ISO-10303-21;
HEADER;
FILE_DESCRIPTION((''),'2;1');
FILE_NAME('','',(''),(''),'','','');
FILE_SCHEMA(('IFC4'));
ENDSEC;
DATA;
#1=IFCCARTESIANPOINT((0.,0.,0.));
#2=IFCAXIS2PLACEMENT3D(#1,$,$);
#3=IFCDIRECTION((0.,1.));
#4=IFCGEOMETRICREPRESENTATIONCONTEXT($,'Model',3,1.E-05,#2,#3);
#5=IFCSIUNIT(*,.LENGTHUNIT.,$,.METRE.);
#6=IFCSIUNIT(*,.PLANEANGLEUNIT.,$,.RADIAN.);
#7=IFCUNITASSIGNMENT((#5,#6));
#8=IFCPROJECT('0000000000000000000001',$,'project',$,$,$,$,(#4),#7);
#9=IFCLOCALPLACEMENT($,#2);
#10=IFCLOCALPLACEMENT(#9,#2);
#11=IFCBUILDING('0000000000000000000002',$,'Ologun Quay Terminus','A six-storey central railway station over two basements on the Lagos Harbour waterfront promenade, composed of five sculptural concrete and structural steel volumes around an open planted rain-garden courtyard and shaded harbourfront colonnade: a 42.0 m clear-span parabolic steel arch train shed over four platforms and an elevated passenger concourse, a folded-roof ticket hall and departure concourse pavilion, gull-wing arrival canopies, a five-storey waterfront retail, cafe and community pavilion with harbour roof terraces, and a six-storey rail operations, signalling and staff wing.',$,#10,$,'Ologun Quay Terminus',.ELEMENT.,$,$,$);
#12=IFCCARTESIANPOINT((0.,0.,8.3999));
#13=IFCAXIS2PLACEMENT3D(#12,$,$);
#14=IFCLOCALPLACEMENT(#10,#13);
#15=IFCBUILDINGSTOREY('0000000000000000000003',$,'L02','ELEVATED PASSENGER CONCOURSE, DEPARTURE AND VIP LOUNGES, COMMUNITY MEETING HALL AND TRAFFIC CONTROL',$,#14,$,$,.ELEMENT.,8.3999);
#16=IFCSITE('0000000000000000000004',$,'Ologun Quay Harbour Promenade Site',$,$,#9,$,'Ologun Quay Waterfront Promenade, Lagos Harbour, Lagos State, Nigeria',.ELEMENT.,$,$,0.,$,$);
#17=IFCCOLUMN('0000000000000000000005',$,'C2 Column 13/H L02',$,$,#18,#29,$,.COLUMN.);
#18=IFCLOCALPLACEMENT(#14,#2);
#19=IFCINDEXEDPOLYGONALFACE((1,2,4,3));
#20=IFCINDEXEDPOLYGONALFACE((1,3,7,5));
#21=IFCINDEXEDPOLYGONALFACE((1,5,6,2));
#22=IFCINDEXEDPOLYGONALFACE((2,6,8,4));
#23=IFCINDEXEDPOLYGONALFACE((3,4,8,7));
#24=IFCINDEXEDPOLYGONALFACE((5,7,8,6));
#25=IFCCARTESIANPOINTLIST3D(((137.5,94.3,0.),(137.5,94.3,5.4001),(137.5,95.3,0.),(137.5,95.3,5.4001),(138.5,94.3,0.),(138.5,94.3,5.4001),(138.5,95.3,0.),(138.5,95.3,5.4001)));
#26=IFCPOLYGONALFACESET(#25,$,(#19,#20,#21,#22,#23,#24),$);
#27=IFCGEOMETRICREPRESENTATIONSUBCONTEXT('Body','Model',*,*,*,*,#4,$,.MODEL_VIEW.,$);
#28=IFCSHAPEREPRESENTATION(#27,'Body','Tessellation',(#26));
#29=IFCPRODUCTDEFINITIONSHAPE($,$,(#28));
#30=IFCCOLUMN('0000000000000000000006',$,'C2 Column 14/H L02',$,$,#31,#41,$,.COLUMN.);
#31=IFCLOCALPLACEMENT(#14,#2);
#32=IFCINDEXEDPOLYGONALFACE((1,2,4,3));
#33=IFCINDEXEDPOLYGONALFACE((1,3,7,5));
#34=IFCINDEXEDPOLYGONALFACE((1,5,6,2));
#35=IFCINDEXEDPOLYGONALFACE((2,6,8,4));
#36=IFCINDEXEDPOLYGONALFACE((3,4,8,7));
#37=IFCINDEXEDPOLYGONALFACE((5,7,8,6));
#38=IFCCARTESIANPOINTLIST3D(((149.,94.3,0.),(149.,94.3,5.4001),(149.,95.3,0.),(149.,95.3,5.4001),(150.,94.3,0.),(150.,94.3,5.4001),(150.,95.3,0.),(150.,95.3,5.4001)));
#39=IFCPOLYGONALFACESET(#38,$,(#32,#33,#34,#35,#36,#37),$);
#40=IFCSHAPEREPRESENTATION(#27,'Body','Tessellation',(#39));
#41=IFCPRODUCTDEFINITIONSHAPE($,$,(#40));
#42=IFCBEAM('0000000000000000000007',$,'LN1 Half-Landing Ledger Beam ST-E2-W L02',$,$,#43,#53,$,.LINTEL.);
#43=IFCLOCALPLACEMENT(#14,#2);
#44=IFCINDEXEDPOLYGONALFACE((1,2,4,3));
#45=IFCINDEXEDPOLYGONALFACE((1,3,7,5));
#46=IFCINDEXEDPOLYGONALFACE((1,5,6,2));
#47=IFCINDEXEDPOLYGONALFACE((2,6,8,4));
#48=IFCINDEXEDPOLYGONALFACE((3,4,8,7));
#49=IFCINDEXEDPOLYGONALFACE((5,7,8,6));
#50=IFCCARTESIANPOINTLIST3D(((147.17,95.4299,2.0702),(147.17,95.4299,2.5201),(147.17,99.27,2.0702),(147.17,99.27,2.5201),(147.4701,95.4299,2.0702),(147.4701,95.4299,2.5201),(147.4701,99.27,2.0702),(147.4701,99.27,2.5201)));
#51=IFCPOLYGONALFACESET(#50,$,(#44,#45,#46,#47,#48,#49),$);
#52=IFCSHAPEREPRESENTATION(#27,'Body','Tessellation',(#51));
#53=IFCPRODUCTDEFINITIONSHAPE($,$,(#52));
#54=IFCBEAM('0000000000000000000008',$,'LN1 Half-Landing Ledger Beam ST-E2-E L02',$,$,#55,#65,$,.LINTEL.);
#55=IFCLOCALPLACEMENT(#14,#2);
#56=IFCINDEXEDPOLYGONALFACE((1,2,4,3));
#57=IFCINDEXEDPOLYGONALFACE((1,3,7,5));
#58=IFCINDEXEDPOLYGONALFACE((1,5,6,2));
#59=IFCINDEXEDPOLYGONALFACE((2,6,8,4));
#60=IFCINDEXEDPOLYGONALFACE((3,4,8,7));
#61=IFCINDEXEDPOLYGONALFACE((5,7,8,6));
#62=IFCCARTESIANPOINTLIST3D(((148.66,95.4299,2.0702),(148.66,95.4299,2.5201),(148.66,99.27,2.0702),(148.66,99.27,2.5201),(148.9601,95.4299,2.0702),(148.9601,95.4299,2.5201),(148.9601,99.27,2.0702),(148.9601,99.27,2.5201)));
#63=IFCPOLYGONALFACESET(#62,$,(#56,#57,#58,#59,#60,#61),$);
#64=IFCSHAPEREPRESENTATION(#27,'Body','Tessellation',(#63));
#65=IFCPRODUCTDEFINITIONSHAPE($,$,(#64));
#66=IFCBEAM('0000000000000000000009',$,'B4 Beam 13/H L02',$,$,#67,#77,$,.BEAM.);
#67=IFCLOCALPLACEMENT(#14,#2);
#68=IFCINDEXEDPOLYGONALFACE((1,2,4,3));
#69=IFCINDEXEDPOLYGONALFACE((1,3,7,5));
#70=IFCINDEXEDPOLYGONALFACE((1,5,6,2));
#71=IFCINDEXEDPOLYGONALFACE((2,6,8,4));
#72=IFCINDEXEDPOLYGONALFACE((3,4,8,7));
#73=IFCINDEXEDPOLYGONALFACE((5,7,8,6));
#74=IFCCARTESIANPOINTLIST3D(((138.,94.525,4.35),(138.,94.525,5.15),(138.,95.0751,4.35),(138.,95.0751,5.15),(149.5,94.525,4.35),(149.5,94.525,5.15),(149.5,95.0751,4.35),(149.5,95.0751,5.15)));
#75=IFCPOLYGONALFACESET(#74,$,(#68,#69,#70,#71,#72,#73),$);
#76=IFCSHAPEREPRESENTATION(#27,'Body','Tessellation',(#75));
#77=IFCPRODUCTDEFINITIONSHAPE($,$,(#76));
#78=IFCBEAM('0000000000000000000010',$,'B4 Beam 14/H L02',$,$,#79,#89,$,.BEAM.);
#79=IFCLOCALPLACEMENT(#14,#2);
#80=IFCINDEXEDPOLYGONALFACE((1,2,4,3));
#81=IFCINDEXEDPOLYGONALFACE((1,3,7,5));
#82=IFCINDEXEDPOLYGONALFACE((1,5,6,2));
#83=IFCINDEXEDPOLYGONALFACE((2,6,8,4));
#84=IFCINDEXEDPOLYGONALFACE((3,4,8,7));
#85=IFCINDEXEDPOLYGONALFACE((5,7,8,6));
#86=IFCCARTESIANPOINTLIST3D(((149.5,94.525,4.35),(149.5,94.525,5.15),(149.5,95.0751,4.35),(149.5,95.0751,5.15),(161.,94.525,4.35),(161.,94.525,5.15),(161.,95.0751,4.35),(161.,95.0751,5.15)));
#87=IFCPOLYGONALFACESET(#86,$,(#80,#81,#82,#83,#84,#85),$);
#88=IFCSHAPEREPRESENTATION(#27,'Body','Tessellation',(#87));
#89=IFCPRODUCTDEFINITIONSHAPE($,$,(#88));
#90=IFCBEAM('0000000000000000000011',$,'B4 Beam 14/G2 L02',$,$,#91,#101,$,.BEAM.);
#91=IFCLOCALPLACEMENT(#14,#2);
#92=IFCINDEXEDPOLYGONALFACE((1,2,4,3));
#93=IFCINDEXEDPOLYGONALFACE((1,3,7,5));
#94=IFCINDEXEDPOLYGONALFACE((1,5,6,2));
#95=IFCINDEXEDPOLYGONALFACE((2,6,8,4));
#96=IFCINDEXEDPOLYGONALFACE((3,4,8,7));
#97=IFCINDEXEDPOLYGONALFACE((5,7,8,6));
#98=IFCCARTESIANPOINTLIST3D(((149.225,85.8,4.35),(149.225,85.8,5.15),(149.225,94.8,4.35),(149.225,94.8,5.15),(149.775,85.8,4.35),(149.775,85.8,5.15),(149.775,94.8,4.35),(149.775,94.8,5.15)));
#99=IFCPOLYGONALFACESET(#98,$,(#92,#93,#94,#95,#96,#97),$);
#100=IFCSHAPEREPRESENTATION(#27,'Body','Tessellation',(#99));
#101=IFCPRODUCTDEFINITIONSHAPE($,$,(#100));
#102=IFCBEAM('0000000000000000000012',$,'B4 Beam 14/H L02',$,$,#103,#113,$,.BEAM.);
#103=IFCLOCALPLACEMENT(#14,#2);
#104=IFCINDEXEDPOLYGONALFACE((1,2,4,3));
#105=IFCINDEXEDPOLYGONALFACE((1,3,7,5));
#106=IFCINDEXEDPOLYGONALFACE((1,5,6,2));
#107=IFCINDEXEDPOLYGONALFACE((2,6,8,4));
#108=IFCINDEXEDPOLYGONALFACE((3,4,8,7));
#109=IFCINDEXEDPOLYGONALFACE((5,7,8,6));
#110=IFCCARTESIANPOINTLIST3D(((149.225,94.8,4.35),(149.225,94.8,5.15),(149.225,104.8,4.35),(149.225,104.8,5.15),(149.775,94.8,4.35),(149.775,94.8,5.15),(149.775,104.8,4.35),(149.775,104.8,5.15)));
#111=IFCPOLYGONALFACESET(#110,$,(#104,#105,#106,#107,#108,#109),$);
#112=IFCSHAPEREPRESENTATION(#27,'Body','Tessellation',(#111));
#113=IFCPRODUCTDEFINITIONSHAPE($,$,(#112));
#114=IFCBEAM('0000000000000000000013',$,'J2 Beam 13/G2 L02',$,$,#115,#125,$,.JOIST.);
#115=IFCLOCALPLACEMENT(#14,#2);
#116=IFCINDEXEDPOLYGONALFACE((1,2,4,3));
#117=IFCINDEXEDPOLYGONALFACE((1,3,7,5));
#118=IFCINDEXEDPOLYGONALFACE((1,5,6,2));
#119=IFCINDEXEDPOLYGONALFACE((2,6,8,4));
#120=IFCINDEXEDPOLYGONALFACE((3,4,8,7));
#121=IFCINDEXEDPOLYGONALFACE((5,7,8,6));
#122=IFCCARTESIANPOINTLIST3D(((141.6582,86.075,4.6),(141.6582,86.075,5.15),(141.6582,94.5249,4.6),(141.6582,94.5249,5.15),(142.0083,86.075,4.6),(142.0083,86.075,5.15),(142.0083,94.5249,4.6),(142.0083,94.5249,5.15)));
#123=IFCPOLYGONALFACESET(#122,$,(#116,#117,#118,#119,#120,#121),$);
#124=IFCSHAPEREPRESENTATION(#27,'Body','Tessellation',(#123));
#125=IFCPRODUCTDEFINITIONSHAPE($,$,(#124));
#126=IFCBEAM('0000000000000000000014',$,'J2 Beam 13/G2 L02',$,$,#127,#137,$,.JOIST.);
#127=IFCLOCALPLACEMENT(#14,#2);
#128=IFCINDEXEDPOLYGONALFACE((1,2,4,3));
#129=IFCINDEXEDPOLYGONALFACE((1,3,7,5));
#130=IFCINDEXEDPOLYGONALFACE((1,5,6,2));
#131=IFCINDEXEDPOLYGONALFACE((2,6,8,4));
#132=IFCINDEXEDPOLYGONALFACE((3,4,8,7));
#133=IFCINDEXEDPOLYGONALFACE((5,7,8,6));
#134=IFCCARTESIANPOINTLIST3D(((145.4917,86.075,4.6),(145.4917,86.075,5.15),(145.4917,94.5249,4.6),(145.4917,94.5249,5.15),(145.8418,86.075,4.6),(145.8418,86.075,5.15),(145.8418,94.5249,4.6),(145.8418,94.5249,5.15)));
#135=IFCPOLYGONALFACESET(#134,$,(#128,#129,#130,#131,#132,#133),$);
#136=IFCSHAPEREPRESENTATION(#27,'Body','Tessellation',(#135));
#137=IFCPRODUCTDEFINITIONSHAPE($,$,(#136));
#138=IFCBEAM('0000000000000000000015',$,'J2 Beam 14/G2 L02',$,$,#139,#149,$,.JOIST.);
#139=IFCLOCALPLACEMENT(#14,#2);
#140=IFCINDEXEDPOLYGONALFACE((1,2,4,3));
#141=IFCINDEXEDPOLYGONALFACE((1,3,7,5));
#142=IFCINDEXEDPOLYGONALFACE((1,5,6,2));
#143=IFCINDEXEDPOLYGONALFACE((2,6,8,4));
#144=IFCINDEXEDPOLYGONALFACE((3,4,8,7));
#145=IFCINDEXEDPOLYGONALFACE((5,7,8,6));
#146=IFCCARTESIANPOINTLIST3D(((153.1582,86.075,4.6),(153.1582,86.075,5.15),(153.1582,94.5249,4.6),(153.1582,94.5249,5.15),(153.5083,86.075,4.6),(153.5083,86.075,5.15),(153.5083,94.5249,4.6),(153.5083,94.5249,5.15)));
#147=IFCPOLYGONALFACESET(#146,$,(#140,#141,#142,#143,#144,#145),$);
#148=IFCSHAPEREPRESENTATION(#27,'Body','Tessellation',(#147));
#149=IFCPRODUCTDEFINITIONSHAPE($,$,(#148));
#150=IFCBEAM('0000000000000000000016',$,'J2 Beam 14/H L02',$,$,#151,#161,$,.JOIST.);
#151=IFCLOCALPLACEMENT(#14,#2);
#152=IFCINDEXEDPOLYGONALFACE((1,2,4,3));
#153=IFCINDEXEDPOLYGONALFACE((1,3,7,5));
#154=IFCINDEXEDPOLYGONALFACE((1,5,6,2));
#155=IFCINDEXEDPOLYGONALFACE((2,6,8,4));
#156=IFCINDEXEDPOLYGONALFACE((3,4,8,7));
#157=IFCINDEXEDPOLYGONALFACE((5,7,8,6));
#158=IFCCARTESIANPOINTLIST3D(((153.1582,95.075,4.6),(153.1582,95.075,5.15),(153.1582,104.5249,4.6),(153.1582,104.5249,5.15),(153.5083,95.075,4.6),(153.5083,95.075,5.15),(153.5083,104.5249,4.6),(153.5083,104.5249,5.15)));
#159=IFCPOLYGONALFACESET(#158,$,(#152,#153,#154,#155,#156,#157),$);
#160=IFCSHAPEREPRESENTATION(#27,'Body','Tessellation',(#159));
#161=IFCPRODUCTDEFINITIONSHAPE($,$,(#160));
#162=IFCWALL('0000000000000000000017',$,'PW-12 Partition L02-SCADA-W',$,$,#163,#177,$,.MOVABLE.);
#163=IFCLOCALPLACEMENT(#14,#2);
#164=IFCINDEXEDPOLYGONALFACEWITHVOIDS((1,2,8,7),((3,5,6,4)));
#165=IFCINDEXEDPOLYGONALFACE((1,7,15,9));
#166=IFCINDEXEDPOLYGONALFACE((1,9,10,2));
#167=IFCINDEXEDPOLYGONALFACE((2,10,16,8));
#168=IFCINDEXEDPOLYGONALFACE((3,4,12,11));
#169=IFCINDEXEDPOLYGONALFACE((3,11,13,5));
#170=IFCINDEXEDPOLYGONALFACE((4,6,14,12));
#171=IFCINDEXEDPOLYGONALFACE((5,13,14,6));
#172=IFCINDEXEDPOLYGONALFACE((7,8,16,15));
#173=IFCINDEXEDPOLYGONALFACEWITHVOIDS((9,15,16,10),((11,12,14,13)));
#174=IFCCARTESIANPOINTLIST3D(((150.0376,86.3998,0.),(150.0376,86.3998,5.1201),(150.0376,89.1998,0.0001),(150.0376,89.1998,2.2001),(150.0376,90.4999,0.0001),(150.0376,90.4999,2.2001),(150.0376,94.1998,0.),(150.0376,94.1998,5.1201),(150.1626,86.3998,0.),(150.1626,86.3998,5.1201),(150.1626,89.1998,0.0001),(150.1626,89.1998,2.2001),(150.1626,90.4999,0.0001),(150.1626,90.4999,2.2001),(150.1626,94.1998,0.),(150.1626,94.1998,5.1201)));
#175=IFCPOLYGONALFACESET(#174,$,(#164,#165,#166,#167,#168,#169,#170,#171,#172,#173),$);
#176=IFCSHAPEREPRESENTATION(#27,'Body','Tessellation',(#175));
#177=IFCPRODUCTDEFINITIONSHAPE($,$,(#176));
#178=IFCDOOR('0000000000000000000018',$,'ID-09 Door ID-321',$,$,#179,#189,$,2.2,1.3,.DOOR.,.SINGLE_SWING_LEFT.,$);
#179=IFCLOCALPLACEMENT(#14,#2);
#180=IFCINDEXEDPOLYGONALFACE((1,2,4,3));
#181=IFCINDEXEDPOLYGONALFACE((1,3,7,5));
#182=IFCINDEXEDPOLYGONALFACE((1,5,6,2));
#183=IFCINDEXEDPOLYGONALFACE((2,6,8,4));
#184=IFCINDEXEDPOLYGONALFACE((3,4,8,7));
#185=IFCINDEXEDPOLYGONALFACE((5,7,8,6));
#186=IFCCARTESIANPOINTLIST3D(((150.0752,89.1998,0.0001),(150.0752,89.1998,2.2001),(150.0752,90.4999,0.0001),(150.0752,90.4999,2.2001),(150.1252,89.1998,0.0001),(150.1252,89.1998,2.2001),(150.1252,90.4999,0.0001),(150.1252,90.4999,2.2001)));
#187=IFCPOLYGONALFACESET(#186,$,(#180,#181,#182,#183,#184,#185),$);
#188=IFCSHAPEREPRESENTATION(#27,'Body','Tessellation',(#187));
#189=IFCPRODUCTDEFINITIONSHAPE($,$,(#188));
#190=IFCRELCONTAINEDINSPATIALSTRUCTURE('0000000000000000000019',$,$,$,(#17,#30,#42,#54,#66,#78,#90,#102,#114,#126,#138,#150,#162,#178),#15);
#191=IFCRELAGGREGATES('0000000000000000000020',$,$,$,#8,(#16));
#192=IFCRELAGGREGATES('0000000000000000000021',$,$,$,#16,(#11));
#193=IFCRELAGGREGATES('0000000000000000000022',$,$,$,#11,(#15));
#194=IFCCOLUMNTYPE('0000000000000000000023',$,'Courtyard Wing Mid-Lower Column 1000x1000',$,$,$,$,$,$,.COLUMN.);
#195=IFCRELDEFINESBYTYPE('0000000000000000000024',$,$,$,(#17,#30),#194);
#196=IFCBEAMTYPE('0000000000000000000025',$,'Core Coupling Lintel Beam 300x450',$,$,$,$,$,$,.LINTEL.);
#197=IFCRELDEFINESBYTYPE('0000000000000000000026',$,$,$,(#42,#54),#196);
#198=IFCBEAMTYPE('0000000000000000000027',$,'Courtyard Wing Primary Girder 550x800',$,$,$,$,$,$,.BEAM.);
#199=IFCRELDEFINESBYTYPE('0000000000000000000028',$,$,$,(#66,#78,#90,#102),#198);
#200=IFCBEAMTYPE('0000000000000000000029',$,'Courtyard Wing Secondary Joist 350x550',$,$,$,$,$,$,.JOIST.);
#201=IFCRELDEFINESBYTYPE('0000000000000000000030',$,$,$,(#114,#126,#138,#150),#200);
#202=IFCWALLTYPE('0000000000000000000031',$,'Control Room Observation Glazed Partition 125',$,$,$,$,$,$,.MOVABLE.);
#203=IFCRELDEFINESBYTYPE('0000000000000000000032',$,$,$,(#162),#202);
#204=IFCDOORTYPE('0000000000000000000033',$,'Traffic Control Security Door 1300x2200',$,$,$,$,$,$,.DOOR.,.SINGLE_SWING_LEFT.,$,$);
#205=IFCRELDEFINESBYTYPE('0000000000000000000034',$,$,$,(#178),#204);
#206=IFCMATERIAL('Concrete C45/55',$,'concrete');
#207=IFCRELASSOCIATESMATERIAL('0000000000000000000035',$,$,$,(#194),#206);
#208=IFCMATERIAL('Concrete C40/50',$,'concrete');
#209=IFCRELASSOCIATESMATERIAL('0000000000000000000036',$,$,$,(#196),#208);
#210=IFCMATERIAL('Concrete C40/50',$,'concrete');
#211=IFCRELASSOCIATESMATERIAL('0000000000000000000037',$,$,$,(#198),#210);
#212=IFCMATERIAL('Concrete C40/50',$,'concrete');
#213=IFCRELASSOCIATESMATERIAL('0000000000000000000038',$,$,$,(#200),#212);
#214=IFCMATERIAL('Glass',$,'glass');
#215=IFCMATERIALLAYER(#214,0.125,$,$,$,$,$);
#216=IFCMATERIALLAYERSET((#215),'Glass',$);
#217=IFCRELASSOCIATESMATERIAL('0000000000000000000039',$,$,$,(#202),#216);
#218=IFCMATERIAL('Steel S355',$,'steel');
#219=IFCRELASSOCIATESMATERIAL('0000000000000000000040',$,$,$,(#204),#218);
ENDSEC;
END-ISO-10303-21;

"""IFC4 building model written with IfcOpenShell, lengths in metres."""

from ifc_helpers import new_model, si_unit, direction, frame, frame_2d, origin, origin_2d, place, context, subcontext, project, spatial, rectangle, extrude, material, layer, layer_set, material_profile, profile_set, type_object, element, fill, save


model = new_model("IFC4")

# Units and contexts
model_context = context("Model", 3, precision=1e-05, world=origin(), true_north=direction((0.0, 1.0)))
body_context = subcontext(model_context, "Body", "Model", "MODEL_VIEW")
ifc_project = project(units=[si_unit("LENGTHUNIT", "METRE"), si_unit("PLANEANGLEUNIT", "RADIAN")], contexts=[model_context])

# Site, building, storey
site_placement = place(None, origin())
site = spatial("IfcSite", under=ifc_project, at=site_placement, Name="Ologun Quay Harbour Promenade Site", LongName="Ologun Quay Waterfront Promenade, Lagos Harbour, Lagos State, Nigeria", CompositionType="ELEMENT", RefElevation=0.0)
building_placement = place(site_placement, origin())
building = spatial("IfcBuilding", under=site, at=building_placement, Name="Ologun Quay Terminus", Description="A six-storey central railway station over two basements on the Lagos Harbour waterfront promenade, composed of five sculptural concrete and structural steel volumes around an open planted rain-garden courtyard and shaded harbourfront colonnade: a 42.0 m clear-span parabolic steel arch train shed over four platforms and an elevated passenger concourse, a folded-roof ticket hall and departure concourse pavilion, gull-wing arrival canopies, a five-storey waterfront retail, cafe and community pavilion with harbour roof terraces, and a six-storey rail operations, signalling and staff wing.", LongName="Ologun Quay Terminus", CompositionType="ELEMENT")
storey_placement = place(building_placement, frame((0.0, 0.0, 8.3999)))
storey = spatial("IfcBuildingStorey", under=building, at=storey_placement, Name="L02", Description="ELEVATED PASSENGER CONCOURSE, DEPARTURE AND VIP LOUNGES, COMMUNITY MEETING HALL AND TRAFFIC CONTROL", CompositionType="ELEMENT", Elevation=8.3999)

# Columns
ifc_material_1 = material(Name="Concrete C45/55", Category="concrete")
ifc_material_profile_1 = material_profile(ifc_material_1, rectangle(XDim=1.0, YDim=1.0, at=origin_2d()), Name="RC 1000x1000")
ifc_profile_set_1 = profile_set([ifc_material_profile_1], Name="Concrete C45/55")
column_type = type_object("IfcColumnType", Name="Courtyard Wing Mid-Lower Column 1000x1000", PredefinedType="COLUMN", material=ifc_profile_set_1)
for number, where, z_axis, x_axis, name in (
    (1, (138.0, 94.8, 0.0), (0.0, 0.0, 1.0), (1.0, 0.0, 0.0), "C2 Column 13/H L02"),
    (2, (149.5, 94.8, 0.0), (0.0, 0.0, 1.0), (1.0, 0.0, 0.0), "C2 Column 14/H L02"),
):
    element("IfcColumn", number, at=place(storey_placement, frame(where, z_axis=z_axis, x_axis=x_axis)), inside=storey, type_object=column_type, Name=name, PredefinedType="COLUMN", context=body_context, shape_type="SweptSolid", body=[
        extrude(rectangle(XDim=1.0, YDim=1.0, at=origin_2d()), origin(), (0.0, 0.0, 1.0), 5.4001),
    ])

# Beams
ifc_material_2 = material(Name="Concrete C40/50", Category="concrete")
ifc_material_profile_2 = material_profile(ifc_material_2, rectangle(XDim=0.3, YDim=0.45, at=origin_2d()), Name="RC 300x450")
ifc_profile_set_2 = profile_set([ifc_material_profile_2], Name="Concrete C40/50")
beam_type_1 = type_object("IfcBeamType", Name="Core Coupling Lintel Beam 300x450", PredefinedType="LINTEL", material=ifc_profile_set_2)
for number, where, z_axis, x_axis, name in (
    (3, (147.3201, 95.4299, 2.2952), (0.0, 1.0, 0.0), (-1.0, 0.0, 0.0), "LN1 Half-Landing Ledger Beam ST-E2-W L02"),
    (4, (148.8101, 95.4299, 2.2952), (0.0, 1.0, 0.0), (-1.0, 0.0, 0.0), "LN1 Half-Landing Ledger Beam ST-E2-E L02"),
):
    element("IfcBeam", number, at=place(storey_placement, frame(where, z_axis=z_axis, x_axis=x_axis)), inside=storey, type_object=beam_type_1, Name=name, PredefinedType="LINTEL", context=body_context, shape_type="SweptSolid", body=[
        extrude(rectangle(XDim=0.3, YDim=0.45, at=origin_2d()), origin(), (0.0, 0.0, 1.0), 3.8401),
    ])
ifc_material_3 = material(Name="Concrete C40/50", Category="concrete")
ifc_material_profile_3 = material_profile(ifc_material_3, rectangle(XDim=0.55, YDim=0.8, at=origin_2d()), Name="RC 550x800")
ifc_profile_set_3 = profile_set([ifc_material_profile_3], Name="Concrete C40/50")
beam_type_2 = type_object("IfcBeamType", Name="Courtyard Wing Primary Girder 550x800", PredefinedType="BEAM", material=ifc_profile_set_3)
for number, where, z_axis, x_axis, name in (
    (5, (138.0, 94.8, 4.75), (1.0, 0.0, 0.0), (0.0, 1.0, 0.0), "B4 Beam 13/H L02"),
    (6, (149.5, 94.8, 4.75), (1.0, 0.0, 0.0), (0.0, 1.0, 0.0), "B4 Beam 14/H L02"),
):
    element("IfcBeam", number, at=place(storey_placement, frame(where, z_axis=z_axis, x_axis=x_axis)), inside=storey, type_object=beam_type_2, Name=name, PredefinedType="BEAM", context=body_context, shape_type="SweptSolid", body=[
        extrude(rectangle(XDim=0.55, YDim=0.8, at=origin_2d()), origin(), (0.0, 0.0, 1.0), 11.5),
    ])
beam_1_placement = place(storey_placement, frame((149.5, 85.8, 4.75), z_axis=(0.0, 1.0, 0.0), x_axis=(-1.0, 0.0, 0.0)))
element("IfcBeam", 7, at=beam_1_placement, inside=storey, type_object=beam_type_2, Name="B4 Beam 14/G2 L02", PredefinedType="BEAM", context=body_context, shape_type="SweptSolid", body=[
    extrude(rectangle(XDim=0.55, YDim=0.8, at=origin_2d()), origin(), (0.0, 0.0, 1.0), 9.0),
])
beam_2_placement = place(storey_placement, frame((149.5, 94.8, 4.75), z_axis=(0.0, 1.0, 0.0), x_axis=(-1.0, 0.0, 0.0)))
element("IfcBeam", 8, at=beam_2_placement, inside=storey, type_object=beam_type_2, Name="B4 Beam 14/H L02", PredefinedType="BEAM", context=body_context, shape_type="SweptSolid", body=[
    extrude(rectangle(XDim=0.55, YDim=0.8, at=origin_2d()), origin(), (0.0, 0.0, 1.0), 10.0),
])
ifc_material_4 = material(Name="Concrete C40/50", Category="concrete")
ifc_material_profile_4 = material_profile(ifc_material_4, rectangle(XDim=0.3501, YDim=0.55, at=origin_2d()), Name="RC 350x550")
ifc_profile_set_4 = profile_set([ifc_material_profile_4], Name="Concrete C40/50")
beam_type_3 = type_object("IfcBeamType", Name="Courtyard Wing Secondary Joist 350x550", PredefinedType="JOIST", material=ifc_profile_set_4)
for number, where, z_axis, x_axis, name in (
    (9, (141.8333, 86.075, 4.875), (0.0, 1.0, 0.0), (-1.0, 0.0, 0.0), "J2 Beam 13/G2 L02"),
    (10, (145.6667, 86.075, 4.875), (0.0, 1.0, 0.0), (-1.0, 0.0, 0.0), "J2 Beam 13/G2 L02"),
    (11, (153.3333, 86.075, 4.875), (0.0, 1.0, 0.0), (-1.0, 0.0, 0.0), "J2 Beam 14/G2 L02"),
):
    element("IfcBeam", number, at=place(storey_placement, frame(where, z_axis=z_axis, x_axis=x_axis)), inside=storey, type_object=beam_type_3, Name=name, PredefinedType="JOIST", context=body_context, shape_type="SweptSolid", body=[
        extrude(rectangle(XDim=0.3501, YDim=0.55, at=origin_2d()), origin(), (0.0, 0.0, 1.0), 8.45),
    ])
beam_3_placement = place(storey_placement, frame((153.3333, 95.075, 4.875), z_axis=(0.0, 1.0, 0.0), x_axis=(-1.0, 0.0, 0.0)))
element("IfcBeam", 12, at=beam_3_placement, inside=storey, type_object=beam_type_3, Name="J2 Beam 14/H L02", PredefinedType="JOIST", context=body_context, shape_type="SweptSolid", body=[
    extrude(rectangle(XDim=0.3501, YDim=0.55, at=origin_2d()), origin(), (0.0, 0.0, 1.0), 9.45),
])

# Wall, opening, door
ifc_material_5 = material(Name="Glass", Category="glass")
ifc_layer_1 = layer(ifc_material_5, 0.125)
ifc_layer_set_1 = layer_set([ifc_layer_1], Name="Glass")
wall_type_1 = type_object("IfcWallType", Name="Control Room Observation Glazed Partition 125", PredefinedType="MOVABLE", material=ifc_layer_set_1)
wall_1_placement = place(storey_placement, frame((150.1001, 86.3999, 0.0), z_axis=(0.0, 0.0, 1.0), x_axis=(0.0, 1.0, 0.0)))
wall_1 = element("IfcWall", 13, at=wall_1_placement, inside=storey, type_object=wall_type_1, Name="PW-12 Partition L02-SCADA-W", PredefinedType="MOVABLE", context=body_context, shape_type="SweptSolid", body=[
    extrude(rectangle(XDim=7.8, YDim=0.125, at=frame_2d((3.8999, 0.0))), origin(), (0.0, 0.0, 1.0), 5.1201),
])
opening_1_placement = place(wall_1_placement, frame((2.8, 0.0, 0.0)))
opening_1 = element("IfcOpeningElement", 14, at=opening_1_placement, cuts=wall_1, PredefinedType="OPENING", context=body_context, shape_type="SweptSolid", body=[
    extrude(rectangle(XDim=1.3, YDim=2.2, at=frame_2d((0.6499, 1.1001))), frame((0.0, 0.0725, 0.0), z_axis=(0.0, -1.0, 0.0), x_axis=(1.0, 0.0, 0.0)), (0.0, 0.0, 1.0), 0.145),
])
ifc_material_6 = material(Name="Steel S355", Category="steel")
door_type_1 = type_object("IfcDoorType", Name="Traffic Control Security Door 1300x2200", OperationType="SINGLE_SWING_LEFT", PredefinedType="DOOR", material=ifc_material_6)
door_1_placement = place(opening_1_placement, origin())
door_1 = element("IfcDoor", 15, at=door_1_placement, inside=storey, type_object=door_type_1, Name="ID-09 Door ID-321", OperationType="SINGLE_SWING_LEFT", OverallHeight=2.2, OverallWidth=1.3, PredefinedType="DOOR", context=body_context, shape_type="SweptSolid", body=[
    extrude(rectangle(XDim=1.3, YDim=2.2, at=frame_2d((0.6499, 1.1001))), frame((0.0, 0.0249, 0.0), z_axis=(0.0, -1.0, 0.0), x_axis=(1.0, 0.0, 0.0)), (0.0, 0.0, 1.0), 0.05),
])
fill(opening_1, door_1)

save(model, "model.ifc")
